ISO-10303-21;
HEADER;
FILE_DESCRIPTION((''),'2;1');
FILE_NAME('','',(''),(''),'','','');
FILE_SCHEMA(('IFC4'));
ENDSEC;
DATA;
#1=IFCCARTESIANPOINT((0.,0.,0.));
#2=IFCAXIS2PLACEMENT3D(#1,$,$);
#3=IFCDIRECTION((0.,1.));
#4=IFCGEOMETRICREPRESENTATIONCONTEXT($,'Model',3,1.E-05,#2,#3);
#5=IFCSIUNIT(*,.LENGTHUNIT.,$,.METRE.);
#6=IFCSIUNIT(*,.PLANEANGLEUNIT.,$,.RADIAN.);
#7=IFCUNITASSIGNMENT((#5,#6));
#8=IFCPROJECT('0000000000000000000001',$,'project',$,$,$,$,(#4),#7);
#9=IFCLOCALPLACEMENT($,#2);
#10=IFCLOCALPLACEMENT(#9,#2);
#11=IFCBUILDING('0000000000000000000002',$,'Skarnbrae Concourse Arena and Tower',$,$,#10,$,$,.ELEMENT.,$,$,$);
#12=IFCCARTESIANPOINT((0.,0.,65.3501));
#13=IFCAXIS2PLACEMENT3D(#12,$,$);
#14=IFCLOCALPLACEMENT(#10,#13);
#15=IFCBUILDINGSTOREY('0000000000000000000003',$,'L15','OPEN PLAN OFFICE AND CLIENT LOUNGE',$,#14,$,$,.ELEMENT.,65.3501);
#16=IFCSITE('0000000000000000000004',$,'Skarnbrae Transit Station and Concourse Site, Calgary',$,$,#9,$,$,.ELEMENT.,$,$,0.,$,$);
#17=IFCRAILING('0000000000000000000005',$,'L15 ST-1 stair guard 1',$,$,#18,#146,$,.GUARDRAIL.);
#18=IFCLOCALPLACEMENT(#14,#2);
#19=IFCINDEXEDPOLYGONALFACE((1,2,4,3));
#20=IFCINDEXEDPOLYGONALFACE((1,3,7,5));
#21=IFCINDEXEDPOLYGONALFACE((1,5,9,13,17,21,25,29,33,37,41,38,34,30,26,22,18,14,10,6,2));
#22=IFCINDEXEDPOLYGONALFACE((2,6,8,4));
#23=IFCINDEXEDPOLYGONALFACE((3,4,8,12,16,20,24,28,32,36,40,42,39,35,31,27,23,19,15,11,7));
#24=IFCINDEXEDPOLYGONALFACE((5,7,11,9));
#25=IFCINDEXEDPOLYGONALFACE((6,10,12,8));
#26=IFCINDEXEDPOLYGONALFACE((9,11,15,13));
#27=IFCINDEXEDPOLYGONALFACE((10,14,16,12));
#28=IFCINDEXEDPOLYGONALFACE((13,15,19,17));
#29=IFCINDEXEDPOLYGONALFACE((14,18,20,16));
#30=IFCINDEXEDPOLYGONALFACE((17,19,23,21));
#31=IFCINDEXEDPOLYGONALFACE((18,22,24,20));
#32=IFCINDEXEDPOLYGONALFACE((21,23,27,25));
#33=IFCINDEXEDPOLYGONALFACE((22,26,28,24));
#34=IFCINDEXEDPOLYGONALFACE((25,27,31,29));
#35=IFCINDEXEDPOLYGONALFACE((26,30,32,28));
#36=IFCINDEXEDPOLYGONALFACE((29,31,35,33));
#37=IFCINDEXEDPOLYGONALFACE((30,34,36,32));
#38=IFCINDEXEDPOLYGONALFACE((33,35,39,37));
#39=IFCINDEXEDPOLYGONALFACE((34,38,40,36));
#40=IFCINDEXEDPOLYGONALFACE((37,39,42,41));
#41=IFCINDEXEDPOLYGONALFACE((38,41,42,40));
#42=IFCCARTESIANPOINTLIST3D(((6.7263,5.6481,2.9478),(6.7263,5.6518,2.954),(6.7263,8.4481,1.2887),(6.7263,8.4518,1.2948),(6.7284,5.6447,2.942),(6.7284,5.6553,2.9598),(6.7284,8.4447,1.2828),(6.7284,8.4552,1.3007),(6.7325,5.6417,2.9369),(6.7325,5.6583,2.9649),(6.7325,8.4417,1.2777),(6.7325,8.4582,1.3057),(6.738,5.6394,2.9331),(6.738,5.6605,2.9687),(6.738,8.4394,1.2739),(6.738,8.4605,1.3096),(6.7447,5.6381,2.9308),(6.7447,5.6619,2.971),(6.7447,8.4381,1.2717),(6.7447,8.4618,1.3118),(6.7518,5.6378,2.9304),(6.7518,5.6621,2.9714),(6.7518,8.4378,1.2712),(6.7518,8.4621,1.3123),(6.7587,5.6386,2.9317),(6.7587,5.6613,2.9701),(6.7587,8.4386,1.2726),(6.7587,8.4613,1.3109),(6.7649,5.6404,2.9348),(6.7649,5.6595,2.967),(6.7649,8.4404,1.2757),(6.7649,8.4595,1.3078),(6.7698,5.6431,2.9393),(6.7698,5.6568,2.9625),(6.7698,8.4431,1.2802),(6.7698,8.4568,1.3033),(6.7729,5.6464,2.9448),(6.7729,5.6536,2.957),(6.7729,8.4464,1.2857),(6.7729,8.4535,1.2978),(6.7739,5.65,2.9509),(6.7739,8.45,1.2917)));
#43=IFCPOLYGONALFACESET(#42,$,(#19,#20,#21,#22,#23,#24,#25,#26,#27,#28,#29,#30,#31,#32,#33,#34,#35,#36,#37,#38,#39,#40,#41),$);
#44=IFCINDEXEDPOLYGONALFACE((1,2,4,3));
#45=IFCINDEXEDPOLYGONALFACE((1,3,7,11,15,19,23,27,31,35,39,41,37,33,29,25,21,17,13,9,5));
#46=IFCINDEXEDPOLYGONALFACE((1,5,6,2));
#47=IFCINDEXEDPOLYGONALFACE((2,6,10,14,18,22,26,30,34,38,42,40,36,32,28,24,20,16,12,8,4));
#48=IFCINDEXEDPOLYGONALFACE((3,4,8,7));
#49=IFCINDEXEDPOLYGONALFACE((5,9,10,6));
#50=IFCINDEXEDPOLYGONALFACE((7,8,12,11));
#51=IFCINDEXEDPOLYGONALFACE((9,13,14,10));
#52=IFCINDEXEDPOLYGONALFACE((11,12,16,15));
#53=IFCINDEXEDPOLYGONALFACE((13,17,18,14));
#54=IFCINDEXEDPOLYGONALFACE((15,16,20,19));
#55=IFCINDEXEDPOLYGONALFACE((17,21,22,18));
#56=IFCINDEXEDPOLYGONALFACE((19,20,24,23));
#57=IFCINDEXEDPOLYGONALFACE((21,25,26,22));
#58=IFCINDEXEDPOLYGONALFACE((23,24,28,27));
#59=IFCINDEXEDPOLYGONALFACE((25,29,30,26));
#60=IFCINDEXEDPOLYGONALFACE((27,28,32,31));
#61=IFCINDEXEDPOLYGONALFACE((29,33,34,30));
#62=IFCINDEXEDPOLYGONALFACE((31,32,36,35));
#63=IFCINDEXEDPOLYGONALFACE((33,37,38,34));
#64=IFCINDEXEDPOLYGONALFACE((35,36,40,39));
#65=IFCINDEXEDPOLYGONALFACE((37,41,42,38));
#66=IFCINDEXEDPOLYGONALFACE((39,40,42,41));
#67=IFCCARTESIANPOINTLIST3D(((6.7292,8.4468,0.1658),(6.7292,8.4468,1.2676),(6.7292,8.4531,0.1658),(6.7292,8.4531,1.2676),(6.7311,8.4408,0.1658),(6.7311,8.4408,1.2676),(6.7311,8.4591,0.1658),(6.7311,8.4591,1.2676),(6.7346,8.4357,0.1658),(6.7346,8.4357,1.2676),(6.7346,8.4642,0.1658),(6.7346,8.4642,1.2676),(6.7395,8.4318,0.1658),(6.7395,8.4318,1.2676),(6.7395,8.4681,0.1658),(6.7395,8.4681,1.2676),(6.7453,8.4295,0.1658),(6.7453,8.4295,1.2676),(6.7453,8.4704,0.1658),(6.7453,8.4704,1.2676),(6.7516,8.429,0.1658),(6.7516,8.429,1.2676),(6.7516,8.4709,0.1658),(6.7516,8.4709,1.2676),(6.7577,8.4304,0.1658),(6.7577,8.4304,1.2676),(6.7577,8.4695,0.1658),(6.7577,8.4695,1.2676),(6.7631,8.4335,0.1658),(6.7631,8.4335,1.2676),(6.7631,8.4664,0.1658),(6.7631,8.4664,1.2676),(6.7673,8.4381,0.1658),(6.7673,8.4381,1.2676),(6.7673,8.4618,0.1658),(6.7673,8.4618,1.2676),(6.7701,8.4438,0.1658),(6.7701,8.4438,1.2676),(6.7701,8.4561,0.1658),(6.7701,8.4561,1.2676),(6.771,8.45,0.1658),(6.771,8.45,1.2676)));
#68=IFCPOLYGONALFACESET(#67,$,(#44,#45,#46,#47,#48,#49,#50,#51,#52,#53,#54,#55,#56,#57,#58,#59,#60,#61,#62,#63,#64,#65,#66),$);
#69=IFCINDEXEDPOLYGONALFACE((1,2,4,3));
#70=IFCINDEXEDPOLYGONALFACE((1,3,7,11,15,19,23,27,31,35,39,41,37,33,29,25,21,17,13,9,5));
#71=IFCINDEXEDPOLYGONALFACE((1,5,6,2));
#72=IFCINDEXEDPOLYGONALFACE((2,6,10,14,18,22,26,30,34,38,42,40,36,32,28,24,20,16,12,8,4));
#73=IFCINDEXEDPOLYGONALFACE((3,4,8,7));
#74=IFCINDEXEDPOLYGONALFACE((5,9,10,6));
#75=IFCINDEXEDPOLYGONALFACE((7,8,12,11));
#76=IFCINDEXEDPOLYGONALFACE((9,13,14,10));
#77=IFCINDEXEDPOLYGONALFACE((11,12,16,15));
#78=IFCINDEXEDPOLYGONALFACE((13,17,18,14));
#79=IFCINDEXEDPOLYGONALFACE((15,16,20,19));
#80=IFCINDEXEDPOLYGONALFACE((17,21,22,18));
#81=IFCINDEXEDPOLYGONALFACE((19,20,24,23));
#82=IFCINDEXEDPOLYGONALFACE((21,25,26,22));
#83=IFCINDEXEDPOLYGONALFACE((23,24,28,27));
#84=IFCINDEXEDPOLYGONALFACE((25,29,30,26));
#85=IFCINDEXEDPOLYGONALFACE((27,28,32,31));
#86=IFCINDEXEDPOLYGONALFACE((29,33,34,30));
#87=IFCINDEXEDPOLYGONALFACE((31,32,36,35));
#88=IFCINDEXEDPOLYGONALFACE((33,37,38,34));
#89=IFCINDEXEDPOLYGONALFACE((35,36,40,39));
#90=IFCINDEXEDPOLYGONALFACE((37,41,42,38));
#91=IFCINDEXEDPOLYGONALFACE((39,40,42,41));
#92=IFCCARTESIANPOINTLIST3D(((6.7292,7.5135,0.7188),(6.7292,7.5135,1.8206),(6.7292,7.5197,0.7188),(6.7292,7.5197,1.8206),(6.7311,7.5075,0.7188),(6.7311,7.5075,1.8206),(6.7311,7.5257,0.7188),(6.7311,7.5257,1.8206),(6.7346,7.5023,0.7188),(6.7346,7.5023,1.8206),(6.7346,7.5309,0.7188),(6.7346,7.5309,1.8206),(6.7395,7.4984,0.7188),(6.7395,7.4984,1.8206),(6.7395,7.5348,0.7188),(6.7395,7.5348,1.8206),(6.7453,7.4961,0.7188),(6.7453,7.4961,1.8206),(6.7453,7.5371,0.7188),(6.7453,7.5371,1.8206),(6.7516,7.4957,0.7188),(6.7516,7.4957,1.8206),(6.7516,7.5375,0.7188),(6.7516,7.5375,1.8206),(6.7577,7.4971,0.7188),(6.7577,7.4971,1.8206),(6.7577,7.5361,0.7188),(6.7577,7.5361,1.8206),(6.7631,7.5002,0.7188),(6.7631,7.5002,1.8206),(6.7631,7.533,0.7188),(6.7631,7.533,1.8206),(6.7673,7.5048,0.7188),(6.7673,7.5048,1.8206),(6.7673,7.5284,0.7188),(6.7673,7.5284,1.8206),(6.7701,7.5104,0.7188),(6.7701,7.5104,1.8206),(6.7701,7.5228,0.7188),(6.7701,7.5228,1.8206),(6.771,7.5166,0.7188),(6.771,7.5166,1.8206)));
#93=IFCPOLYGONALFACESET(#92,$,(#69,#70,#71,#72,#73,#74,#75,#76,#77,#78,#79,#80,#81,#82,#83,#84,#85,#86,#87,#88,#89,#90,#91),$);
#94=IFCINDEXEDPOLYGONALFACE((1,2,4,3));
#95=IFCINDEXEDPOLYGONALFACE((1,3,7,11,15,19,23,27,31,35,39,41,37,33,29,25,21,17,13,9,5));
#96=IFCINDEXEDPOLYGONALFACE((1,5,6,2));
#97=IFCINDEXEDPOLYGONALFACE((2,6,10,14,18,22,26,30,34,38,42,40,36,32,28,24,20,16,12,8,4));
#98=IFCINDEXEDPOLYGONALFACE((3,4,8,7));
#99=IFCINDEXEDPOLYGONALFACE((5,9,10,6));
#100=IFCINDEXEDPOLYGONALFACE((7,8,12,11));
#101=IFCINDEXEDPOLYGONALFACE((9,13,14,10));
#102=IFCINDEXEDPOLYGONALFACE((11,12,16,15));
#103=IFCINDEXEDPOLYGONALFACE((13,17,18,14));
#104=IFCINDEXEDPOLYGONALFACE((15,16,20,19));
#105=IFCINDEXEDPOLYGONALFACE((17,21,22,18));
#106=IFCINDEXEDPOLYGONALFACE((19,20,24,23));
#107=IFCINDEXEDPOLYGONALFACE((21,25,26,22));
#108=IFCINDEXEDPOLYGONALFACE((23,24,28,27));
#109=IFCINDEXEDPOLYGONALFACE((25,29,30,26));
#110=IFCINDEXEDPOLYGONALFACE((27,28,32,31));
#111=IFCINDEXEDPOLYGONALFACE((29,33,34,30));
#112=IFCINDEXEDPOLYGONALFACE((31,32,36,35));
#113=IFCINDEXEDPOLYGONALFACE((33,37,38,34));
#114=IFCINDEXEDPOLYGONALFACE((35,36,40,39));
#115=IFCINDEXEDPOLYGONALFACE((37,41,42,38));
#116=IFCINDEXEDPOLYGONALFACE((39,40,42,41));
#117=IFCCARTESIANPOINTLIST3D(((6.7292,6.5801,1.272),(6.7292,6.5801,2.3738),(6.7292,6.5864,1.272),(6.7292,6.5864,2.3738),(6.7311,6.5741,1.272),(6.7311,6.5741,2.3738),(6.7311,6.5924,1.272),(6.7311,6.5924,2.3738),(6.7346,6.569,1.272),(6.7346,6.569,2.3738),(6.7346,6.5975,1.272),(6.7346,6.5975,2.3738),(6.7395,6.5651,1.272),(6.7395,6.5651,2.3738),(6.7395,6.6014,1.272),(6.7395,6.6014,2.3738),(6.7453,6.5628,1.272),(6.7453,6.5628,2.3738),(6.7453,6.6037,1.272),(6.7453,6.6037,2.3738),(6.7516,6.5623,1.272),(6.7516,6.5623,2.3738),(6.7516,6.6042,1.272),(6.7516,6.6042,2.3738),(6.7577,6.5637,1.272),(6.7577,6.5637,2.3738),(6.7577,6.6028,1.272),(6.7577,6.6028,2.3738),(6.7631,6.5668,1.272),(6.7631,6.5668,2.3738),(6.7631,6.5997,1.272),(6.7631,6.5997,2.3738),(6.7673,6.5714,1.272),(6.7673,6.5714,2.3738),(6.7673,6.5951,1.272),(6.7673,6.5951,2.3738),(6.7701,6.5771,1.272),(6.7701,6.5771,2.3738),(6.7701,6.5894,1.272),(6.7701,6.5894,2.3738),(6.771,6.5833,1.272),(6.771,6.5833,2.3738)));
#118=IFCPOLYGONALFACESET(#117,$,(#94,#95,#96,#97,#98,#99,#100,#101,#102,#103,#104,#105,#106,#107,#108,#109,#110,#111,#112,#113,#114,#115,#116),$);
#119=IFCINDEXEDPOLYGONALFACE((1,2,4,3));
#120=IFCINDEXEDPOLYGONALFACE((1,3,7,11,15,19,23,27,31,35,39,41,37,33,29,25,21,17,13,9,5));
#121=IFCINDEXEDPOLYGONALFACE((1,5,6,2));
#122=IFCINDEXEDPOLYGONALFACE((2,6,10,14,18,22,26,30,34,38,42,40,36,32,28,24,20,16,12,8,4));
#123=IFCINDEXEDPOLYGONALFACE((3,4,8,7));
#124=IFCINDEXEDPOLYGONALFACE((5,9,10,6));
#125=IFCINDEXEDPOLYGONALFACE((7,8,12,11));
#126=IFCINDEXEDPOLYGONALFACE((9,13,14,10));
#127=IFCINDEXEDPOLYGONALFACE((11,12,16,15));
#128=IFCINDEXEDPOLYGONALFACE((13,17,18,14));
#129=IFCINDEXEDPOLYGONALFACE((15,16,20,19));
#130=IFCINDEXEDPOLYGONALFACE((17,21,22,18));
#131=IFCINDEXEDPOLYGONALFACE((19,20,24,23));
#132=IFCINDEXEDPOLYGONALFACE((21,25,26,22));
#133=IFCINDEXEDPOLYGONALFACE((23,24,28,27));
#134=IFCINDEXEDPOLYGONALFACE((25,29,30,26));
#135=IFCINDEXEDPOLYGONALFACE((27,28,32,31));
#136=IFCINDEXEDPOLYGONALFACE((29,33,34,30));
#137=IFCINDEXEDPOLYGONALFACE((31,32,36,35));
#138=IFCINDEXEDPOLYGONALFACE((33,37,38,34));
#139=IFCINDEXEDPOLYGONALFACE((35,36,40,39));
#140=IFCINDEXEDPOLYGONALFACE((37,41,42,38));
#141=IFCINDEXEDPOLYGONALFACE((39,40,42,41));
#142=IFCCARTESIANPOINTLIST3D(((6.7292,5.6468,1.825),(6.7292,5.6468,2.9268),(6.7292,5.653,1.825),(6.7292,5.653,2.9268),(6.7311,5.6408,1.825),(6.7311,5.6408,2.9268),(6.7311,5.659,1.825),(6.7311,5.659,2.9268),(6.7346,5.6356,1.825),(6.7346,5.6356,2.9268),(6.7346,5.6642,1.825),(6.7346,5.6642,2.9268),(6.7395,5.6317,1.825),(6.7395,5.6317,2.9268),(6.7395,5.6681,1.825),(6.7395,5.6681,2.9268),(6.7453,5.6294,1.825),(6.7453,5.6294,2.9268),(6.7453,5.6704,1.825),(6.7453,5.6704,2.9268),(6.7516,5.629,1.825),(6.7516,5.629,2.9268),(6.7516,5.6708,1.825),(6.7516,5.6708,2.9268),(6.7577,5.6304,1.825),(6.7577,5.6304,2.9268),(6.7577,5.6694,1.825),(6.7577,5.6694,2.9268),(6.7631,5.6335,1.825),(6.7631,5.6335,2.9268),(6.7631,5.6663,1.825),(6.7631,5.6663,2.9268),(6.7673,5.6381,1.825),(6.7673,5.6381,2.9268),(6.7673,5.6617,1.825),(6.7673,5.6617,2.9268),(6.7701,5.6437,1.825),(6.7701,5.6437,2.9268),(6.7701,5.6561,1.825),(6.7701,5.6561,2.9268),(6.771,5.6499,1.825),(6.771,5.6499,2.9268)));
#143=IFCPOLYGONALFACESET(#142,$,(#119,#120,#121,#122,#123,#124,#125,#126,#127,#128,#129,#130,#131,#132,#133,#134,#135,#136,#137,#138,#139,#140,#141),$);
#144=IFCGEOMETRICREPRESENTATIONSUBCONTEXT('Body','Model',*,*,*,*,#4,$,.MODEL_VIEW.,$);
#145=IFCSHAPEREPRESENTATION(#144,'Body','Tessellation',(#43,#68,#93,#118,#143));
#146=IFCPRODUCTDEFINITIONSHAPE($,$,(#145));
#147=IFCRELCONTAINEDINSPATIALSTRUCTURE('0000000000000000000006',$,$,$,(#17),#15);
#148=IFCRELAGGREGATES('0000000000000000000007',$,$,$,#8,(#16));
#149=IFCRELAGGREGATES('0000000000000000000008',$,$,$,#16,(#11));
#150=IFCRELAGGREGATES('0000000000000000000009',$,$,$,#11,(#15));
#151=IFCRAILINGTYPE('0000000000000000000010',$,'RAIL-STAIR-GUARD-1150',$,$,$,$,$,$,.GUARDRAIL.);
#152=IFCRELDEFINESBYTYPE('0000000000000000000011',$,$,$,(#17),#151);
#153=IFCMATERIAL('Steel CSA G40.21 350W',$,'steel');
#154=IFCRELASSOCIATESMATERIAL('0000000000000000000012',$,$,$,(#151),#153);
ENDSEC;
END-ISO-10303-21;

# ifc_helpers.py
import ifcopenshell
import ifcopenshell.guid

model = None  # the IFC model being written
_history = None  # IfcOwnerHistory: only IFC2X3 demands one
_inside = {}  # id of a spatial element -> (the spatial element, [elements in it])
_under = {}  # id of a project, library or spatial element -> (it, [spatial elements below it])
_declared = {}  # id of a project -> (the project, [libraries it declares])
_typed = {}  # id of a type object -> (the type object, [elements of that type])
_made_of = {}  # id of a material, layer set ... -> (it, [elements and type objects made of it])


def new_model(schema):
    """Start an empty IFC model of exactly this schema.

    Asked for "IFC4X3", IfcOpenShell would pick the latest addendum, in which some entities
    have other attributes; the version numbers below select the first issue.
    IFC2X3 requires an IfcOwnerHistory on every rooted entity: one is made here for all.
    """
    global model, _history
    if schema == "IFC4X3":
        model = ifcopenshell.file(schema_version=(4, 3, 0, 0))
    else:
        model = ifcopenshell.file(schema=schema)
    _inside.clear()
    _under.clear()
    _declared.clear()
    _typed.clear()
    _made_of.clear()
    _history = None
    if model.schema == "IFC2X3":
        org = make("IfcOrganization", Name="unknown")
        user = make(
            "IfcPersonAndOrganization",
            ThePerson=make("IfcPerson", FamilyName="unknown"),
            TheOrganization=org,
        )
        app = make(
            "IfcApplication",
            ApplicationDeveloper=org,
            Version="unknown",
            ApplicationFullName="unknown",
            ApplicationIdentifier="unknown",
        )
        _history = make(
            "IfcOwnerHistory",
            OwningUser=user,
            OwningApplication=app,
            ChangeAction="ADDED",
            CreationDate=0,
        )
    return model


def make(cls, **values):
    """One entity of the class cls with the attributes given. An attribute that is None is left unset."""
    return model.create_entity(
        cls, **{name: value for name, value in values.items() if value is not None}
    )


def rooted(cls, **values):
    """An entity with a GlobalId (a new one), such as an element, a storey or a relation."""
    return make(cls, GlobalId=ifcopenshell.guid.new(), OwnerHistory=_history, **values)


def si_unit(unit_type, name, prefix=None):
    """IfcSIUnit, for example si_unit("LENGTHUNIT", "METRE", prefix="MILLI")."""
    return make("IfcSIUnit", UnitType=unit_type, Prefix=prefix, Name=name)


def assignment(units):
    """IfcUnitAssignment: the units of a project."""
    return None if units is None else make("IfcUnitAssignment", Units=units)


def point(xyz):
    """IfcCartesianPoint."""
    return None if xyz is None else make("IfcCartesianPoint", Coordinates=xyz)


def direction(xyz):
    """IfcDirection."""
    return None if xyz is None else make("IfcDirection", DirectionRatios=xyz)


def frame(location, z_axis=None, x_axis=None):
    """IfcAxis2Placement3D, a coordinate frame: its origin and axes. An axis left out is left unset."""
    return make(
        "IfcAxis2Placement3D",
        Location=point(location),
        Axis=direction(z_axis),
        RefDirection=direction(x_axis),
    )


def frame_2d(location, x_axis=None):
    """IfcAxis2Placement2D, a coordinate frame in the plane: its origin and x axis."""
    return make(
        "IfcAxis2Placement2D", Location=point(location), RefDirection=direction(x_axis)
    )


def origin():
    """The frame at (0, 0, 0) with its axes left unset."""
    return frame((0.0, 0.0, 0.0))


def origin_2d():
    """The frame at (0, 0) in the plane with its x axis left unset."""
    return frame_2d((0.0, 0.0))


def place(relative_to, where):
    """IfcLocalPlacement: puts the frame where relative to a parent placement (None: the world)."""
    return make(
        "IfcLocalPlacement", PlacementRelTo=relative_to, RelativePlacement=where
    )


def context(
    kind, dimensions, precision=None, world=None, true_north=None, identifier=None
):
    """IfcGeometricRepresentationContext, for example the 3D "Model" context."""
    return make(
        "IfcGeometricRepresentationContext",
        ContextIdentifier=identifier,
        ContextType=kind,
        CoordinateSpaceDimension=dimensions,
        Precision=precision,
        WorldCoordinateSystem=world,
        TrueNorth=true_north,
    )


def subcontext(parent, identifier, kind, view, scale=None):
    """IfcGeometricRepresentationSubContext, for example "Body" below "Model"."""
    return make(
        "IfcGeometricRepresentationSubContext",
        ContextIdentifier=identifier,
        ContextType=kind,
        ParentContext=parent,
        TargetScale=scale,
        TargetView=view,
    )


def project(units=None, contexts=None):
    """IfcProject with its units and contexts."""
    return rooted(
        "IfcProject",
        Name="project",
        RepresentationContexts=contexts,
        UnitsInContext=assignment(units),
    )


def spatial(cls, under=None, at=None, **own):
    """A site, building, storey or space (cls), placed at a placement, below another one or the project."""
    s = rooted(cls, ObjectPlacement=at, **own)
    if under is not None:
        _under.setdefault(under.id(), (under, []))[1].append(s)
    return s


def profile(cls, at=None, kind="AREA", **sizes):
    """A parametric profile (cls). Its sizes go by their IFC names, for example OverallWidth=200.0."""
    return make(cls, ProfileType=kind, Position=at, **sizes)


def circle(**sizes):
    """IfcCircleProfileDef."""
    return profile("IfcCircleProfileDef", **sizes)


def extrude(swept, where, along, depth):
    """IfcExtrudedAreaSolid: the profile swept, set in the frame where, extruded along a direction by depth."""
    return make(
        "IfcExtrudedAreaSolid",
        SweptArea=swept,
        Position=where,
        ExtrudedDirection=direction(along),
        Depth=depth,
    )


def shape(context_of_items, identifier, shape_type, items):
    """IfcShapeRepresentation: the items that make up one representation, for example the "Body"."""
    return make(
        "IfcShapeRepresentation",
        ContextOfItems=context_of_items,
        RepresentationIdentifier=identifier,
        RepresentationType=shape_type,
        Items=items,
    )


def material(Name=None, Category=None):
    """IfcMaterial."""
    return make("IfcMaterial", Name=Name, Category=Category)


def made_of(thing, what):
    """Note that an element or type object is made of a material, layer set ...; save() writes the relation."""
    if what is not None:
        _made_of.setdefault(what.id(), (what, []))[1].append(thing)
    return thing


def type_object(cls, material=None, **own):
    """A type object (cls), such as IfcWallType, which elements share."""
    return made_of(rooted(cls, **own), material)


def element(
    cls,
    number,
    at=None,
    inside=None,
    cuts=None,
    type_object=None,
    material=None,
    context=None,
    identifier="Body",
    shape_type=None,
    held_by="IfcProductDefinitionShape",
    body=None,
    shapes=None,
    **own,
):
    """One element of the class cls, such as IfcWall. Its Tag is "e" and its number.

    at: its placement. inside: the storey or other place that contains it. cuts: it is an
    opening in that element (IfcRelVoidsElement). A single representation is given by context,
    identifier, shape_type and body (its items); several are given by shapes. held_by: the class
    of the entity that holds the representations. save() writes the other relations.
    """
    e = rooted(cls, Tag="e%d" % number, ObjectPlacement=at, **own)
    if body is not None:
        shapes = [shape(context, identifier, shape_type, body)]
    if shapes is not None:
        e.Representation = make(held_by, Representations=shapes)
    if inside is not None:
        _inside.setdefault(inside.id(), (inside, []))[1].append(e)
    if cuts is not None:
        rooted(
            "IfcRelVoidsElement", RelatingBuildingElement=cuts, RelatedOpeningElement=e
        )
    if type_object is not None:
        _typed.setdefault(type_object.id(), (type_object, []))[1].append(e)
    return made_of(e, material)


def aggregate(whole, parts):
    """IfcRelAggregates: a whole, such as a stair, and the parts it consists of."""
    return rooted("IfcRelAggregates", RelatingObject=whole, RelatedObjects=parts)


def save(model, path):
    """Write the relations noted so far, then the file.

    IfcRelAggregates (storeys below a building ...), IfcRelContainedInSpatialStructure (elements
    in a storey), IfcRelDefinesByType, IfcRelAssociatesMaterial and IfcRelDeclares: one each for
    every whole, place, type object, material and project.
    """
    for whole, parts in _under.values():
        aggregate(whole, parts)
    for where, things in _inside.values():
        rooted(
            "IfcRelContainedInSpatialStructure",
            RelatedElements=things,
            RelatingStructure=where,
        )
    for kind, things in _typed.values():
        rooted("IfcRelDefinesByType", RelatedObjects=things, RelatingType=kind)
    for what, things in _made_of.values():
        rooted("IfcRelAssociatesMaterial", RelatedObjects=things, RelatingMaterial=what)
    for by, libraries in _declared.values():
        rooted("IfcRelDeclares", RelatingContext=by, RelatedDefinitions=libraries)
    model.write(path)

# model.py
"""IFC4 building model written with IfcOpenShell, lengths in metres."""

from ifc_helpers import new_model, si_unit, direction, frame, origin, origin_2d, place, context, subcontext, project, spatial, circle, extrude, material, type_object, element, save


model = new_model("IFC4")

# Units and contexts
model_context = context("Model", 3, precision=1e-05, world=origin(), true_north=direction((0.0, 1.0)))
body_context = subcontext(model_context, "Body", "Model", "MODEL_VIEW")
ifc_project = project(units=[si_unit("LENGTHUNIT", "METRE"), si_unit("PLANEANGLEUNIT", "RADIAN")], contexts=[model_context])

# Site, building, storey
site_placement = place(None, origin())
site = spatial("IfcSite", under=ifc_project, at=site_placement, Name="Skarnbrae Transit Station and Concourse Site, Calgary", CompositionType="ELEMENT", RefElevation=0.0)
building_placement = place(site_placement, origin())
building = spatial("IfcBuilding", under=site, at=building_placement, Name="Skarnbrae Concourse Arena and Tower", CompositionType="ELEMENT")
storey_placement = place(building_placement, frame((0.0, 0.0, 65.3501)))
storey = spatial("IfcBuildingStorey", under=building, at=storey_placement, Name="L15", Description="OPEN PLAN OFFICE AND CLIENT LOUNGE", CompositionType="ELEMENT", Elevation=65.3501)

# Shared definitions
ifc_material_1 = material(Name="Steel CSA G40.21 350W", Category="steel")

# Railing
railing_type_1 = type_object("IfcRailingType", Name="RAIL-STAIR-GUARD-1150", PredefinedType="GUARDRAIL", material=ifc_material_1)
railing_1_placement = place(storey_placement, frame((6.75, 8.45, 0.1658)))
element("IfcRailing", 1, at=railing_1_placement, inside=storey, type_object=railing_type_1, Name="L15 ST-1 stair guard 1", PredefinedType="GUARDRAIL", context=body_context, shape_type="SweptSolid", body=[
    extrude(circle(Radius=0.0239, at=origin_2d()), frame((0.0, 0.0, 1.126), z_axis=(0.0, -0.860306, 0.509778), x_axis=(1.0, 0.0, 0.0)), (0.0, 0.0, 1.0), 3.2546),
    extrude(circle(Radius=0.021, at=origin_2d()), origin(), (0.0, 0.0, 1.0), 1.1018),
    extrude(circle(Radius=0.021, at=origin_2d()), frame((0.0, -0.9333, 0.553)), (0.0, 0.0, 1.0), 1.1018),
    extrude(circle(Radius=0.021, at=origin_2d()), frame((0.0, -1.8667, 1.1062)), (0.0, 0.0, 1.0), 1.1018),
    extrude(circle(Radius=0.021, at=origin_2d()), frame((0.0, -2.8, 1.6592)), (0.0, 0.0, 1.0), 1.1018),
])

save(model, "model.ifc")
